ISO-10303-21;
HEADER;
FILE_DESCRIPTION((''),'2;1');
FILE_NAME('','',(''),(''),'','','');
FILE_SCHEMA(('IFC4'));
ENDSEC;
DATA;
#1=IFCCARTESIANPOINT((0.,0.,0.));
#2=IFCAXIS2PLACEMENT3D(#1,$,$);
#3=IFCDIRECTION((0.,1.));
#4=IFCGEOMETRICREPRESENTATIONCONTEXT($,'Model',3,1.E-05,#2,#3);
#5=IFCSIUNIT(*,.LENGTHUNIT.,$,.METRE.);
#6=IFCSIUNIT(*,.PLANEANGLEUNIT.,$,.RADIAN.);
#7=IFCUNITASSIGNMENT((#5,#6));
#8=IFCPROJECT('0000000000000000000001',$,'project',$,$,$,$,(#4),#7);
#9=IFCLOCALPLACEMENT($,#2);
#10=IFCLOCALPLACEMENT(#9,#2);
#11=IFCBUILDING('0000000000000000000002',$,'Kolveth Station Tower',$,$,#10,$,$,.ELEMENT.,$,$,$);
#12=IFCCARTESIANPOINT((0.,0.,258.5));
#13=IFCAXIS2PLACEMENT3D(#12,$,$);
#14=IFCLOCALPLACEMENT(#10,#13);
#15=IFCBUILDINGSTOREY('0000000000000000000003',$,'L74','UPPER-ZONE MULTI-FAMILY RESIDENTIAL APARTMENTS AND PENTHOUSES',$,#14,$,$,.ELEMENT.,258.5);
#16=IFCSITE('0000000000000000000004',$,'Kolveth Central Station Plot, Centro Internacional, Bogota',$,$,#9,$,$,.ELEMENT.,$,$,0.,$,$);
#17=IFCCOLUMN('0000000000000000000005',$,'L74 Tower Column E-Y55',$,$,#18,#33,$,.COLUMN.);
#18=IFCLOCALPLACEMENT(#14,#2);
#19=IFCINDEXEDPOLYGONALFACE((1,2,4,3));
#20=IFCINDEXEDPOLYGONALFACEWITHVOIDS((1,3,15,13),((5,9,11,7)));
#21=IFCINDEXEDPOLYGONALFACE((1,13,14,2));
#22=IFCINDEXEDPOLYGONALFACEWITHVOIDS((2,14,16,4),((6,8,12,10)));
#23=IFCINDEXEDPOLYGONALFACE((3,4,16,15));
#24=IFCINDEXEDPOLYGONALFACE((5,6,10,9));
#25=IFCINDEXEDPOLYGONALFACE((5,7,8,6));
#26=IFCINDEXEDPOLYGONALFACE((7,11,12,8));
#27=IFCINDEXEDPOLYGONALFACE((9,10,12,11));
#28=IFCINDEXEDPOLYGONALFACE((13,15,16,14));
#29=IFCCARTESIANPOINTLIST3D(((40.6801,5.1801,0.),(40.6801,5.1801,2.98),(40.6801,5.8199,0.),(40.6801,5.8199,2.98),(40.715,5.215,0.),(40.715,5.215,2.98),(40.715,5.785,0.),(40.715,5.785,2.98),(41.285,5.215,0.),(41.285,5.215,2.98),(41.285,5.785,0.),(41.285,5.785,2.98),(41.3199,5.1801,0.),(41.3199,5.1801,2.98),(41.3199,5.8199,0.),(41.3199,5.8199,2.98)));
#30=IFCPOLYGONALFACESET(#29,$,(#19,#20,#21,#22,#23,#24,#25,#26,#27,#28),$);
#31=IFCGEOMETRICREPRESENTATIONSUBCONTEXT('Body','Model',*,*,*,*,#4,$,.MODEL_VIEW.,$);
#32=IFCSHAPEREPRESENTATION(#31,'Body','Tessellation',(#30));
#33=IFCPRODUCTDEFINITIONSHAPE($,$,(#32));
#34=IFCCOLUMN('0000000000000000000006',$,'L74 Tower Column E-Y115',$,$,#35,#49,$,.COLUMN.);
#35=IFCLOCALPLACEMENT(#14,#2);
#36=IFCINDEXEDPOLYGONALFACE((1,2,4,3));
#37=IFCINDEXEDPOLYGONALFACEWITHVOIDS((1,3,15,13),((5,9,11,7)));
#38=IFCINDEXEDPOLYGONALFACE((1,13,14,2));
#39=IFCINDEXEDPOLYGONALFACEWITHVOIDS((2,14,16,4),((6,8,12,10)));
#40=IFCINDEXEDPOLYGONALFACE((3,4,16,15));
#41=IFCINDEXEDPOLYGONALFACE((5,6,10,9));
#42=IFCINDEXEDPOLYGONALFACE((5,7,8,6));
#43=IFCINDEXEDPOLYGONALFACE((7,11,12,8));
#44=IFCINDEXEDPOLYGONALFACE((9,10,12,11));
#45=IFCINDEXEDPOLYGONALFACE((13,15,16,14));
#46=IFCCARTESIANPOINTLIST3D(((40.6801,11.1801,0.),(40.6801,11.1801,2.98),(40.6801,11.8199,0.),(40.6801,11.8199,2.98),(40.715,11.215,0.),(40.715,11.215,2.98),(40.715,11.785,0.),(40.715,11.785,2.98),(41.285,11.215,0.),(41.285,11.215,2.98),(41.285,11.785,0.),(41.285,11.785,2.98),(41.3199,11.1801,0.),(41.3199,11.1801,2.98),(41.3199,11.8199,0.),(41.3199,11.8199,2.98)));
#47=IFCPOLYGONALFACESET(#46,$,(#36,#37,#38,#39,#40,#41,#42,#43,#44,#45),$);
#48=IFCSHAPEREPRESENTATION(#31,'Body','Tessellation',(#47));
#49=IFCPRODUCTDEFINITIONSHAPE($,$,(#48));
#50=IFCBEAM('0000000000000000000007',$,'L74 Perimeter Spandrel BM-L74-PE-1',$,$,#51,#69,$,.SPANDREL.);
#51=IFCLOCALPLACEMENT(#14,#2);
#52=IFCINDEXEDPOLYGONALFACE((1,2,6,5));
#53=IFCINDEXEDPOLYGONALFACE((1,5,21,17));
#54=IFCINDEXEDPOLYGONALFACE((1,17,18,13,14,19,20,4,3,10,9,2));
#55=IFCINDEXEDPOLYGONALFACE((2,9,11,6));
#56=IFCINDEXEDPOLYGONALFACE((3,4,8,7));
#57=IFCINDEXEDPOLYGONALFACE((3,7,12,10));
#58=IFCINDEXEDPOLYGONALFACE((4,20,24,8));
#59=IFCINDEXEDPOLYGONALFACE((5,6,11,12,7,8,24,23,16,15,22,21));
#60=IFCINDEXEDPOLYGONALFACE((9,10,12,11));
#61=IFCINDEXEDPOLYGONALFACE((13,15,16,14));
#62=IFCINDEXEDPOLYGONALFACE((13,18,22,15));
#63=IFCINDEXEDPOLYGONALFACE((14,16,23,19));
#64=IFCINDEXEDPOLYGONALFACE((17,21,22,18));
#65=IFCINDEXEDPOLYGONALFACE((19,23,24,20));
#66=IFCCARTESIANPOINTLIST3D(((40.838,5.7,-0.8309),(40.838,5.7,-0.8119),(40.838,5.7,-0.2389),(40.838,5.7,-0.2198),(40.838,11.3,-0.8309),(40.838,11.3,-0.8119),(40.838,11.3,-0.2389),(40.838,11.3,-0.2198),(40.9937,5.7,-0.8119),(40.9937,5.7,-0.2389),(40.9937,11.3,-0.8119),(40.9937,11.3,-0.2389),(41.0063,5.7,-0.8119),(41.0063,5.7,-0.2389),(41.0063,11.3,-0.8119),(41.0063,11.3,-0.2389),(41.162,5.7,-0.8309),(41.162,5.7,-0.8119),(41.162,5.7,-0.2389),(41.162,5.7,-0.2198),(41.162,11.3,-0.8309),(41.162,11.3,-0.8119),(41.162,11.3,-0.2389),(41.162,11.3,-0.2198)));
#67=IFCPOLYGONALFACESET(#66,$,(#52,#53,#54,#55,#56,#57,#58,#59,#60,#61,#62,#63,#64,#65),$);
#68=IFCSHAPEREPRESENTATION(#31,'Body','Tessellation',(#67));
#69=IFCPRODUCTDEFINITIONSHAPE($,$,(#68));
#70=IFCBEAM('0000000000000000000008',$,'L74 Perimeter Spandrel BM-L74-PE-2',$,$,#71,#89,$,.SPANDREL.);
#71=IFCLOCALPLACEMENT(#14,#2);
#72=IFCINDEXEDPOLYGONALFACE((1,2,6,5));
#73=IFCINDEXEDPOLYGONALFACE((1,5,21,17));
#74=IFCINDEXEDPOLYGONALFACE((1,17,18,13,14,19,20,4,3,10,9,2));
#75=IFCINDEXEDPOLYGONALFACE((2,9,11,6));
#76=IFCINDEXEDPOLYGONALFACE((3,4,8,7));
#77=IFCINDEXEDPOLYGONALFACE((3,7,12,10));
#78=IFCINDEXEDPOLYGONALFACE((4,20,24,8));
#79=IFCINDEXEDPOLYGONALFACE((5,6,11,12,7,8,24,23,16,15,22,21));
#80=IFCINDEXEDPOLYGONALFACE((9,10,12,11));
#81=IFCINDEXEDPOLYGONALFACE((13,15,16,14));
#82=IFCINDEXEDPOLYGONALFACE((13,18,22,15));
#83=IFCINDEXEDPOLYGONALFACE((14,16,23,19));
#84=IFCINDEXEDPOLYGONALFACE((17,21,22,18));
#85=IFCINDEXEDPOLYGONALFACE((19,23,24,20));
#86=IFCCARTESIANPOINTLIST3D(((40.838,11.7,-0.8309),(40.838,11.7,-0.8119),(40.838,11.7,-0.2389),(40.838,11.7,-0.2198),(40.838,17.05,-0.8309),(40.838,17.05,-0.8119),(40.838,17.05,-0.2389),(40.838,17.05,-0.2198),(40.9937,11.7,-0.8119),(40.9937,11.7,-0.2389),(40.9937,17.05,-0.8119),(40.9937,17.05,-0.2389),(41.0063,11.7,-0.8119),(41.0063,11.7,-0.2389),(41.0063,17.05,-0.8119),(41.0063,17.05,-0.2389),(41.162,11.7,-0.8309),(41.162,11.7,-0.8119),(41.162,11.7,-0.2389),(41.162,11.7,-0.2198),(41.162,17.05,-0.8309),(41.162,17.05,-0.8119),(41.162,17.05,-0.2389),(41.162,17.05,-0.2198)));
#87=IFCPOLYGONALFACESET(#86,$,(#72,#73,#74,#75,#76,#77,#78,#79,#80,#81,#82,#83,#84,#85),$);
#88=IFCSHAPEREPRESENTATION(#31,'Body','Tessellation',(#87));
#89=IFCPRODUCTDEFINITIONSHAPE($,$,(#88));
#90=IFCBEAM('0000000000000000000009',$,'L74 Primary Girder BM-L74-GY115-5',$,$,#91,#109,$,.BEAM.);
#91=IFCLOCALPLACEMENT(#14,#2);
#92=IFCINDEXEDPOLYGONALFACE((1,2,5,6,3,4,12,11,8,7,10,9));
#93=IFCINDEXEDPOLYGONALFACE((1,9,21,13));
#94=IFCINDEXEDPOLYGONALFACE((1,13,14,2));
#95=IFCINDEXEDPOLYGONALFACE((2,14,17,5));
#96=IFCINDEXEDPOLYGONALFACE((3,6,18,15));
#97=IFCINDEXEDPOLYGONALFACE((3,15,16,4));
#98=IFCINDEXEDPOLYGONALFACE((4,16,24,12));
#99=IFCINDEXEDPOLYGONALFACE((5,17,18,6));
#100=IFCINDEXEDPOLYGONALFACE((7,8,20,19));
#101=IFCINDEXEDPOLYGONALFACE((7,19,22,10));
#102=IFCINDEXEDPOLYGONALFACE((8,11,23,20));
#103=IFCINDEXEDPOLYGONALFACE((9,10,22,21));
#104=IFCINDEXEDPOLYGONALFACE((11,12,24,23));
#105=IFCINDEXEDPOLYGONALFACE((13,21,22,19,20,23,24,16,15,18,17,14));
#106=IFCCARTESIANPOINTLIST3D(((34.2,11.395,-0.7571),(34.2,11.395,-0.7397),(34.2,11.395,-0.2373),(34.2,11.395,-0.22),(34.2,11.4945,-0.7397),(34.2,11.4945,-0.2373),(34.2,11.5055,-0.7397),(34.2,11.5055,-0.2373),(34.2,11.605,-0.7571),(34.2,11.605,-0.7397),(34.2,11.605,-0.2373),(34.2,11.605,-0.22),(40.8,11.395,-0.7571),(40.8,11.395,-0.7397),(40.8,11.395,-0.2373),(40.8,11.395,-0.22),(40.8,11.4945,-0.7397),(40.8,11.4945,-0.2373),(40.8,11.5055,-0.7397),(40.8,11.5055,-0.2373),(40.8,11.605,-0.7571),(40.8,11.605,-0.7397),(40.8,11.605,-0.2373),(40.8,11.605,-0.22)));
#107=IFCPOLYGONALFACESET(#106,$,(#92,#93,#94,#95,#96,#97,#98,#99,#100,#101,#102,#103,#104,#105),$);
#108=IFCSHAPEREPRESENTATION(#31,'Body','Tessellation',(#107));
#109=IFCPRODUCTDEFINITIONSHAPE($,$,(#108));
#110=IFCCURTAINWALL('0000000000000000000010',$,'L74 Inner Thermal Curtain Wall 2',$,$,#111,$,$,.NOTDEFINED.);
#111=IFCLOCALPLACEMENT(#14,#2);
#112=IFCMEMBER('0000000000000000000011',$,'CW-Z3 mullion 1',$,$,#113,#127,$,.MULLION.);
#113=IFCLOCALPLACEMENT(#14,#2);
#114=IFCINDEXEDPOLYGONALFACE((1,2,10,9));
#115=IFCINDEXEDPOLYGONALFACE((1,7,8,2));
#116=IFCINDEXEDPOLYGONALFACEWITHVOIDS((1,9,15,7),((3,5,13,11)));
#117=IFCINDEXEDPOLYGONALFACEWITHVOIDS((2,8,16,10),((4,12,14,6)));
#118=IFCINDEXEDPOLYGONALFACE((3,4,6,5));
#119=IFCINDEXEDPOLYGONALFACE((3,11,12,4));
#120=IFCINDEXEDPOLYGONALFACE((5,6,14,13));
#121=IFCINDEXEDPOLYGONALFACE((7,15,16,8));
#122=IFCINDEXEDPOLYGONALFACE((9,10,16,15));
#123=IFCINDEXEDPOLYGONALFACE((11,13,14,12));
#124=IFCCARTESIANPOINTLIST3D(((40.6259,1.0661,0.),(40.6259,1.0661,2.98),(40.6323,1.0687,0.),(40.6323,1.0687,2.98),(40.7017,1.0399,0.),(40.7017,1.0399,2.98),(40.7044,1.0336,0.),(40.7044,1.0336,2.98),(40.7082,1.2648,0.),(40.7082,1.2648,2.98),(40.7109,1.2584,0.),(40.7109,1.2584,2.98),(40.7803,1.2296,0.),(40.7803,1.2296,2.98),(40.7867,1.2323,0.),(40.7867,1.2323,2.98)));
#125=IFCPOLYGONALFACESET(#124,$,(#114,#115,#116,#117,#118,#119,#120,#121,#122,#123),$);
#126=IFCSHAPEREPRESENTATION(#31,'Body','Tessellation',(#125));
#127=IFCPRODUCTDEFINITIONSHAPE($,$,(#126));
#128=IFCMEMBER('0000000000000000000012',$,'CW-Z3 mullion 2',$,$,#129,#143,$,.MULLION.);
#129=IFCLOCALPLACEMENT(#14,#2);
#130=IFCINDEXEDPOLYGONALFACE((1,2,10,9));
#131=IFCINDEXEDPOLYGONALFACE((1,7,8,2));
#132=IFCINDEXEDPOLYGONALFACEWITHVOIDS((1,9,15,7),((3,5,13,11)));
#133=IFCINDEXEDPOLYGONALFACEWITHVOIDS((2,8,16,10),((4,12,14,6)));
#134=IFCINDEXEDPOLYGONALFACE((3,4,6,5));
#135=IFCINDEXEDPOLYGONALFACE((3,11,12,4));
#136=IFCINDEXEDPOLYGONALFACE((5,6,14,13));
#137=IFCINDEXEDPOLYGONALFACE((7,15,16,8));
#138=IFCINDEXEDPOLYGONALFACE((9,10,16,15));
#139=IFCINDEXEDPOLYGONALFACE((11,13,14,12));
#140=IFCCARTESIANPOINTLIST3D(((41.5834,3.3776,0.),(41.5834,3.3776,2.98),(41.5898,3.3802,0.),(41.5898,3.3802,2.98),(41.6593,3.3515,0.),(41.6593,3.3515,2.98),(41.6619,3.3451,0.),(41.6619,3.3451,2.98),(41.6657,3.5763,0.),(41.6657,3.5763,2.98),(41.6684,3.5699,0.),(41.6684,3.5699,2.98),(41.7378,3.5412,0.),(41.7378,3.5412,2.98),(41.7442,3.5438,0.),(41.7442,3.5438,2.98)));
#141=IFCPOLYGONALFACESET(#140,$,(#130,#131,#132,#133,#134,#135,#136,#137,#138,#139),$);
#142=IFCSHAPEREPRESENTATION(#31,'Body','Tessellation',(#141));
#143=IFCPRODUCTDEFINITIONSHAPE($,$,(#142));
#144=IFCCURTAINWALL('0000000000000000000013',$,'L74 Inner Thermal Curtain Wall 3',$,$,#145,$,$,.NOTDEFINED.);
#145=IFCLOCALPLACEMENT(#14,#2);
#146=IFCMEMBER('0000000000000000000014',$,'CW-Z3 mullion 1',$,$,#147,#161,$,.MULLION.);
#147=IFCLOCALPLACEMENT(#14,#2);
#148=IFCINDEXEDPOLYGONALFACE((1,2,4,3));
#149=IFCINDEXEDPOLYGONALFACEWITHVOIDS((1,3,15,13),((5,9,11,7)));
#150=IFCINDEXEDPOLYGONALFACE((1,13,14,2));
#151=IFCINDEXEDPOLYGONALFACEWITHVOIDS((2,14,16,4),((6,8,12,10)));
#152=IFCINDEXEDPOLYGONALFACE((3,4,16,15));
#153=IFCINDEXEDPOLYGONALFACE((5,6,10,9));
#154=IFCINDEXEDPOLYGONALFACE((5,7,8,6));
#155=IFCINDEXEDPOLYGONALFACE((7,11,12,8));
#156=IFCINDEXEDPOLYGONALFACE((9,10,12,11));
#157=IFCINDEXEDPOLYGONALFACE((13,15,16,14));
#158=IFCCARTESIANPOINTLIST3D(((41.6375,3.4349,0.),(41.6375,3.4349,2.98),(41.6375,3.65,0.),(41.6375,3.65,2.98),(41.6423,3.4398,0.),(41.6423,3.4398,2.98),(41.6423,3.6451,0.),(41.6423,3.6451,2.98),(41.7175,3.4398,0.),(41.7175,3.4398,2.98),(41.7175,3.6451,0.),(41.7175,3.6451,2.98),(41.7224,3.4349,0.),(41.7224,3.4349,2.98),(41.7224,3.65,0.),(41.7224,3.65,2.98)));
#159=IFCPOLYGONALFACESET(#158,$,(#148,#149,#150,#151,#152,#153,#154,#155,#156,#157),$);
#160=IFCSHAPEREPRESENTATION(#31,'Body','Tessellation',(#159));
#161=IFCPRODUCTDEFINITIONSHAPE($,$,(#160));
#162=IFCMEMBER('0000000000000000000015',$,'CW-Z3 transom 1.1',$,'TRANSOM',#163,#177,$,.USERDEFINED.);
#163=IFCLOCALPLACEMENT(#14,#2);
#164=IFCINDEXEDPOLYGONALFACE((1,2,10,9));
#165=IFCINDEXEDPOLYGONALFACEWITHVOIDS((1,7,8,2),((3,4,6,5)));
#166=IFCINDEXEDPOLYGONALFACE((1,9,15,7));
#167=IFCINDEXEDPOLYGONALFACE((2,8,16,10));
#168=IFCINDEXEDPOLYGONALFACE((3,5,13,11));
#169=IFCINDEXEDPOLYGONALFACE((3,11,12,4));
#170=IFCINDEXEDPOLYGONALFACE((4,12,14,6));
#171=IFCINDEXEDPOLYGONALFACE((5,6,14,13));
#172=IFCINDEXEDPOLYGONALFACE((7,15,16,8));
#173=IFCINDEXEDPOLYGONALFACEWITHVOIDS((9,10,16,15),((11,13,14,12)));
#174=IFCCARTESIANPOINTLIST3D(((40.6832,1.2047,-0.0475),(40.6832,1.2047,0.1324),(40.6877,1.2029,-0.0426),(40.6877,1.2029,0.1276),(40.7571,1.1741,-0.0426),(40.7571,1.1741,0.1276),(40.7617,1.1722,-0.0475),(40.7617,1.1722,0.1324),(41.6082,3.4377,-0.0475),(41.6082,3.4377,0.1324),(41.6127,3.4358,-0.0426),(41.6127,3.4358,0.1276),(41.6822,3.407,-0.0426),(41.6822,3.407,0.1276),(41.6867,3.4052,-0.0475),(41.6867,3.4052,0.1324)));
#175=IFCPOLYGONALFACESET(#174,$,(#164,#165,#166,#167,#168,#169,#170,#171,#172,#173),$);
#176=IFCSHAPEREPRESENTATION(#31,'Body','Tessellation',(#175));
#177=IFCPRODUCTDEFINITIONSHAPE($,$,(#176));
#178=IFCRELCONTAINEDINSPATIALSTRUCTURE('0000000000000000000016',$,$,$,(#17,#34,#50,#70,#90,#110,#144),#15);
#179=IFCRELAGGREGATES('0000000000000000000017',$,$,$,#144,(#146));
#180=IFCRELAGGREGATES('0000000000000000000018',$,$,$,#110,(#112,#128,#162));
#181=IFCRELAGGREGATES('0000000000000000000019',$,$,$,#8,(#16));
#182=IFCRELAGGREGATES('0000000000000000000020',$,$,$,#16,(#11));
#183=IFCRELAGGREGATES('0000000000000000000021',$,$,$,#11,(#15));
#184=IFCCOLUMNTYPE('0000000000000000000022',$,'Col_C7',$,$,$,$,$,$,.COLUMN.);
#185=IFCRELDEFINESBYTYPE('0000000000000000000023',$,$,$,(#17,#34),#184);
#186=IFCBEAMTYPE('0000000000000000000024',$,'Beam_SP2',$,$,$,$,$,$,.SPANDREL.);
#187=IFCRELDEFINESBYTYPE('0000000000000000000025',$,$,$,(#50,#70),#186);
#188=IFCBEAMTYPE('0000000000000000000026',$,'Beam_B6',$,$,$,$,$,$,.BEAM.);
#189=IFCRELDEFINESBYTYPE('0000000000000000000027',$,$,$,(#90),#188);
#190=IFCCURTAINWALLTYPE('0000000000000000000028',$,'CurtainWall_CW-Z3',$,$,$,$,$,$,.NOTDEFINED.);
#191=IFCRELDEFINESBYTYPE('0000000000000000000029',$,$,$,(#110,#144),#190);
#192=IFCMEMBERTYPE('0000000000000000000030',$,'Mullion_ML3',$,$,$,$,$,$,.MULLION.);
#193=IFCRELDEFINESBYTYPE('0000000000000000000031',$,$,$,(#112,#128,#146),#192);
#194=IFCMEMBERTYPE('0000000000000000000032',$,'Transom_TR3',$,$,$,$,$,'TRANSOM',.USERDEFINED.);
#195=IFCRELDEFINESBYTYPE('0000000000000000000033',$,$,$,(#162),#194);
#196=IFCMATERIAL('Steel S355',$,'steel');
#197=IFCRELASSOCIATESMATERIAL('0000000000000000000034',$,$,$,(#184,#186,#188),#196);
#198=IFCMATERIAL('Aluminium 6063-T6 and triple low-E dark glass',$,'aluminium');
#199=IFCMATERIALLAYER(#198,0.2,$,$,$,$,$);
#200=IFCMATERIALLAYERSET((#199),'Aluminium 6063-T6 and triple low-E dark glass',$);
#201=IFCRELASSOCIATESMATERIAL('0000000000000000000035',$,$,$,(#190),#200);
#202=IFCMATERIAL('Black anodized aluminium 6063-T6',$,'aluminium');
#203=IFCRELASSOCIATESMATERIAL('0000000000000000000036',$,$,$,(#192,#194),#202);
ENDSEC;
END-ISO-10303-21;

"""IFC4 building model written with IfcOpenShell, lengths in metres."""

from ifc_helpers import new_model, si_unit, direction, frame, origin, origin_2d, place, context, subcontext, project, spatial, hollow_rectangle, i_section, extrude, source, transform, mapped, material, layer, layer_set, material_profile, profile_set, type_object, element, aggregate, save


model = new_model("IFC4")

# Units and contexts
model_context = context("Model", 3, precision=1e-05, world=origin(), true_north=direction((0.0, 1.0)))
body_context = subcontext(model_context, "Body", "Model", "MODEL_VIEW")
ifc_project = project(units=[si_unit("LENGTHUNIT", "METRE"), si_unit("PLANEANGLEUNIT", "RADIAN")], contexts=[model_context])

# Site, building, storey
site_placement = place(None, origin())
site = spatial("IfcSite", under=ifc_project, at=site_placement, Name="Kolveth Central Station Plot, Centro Internacional, Bogota", CompositionType="ELEMENT", RefElevation=0.0)
building_placement = place(site_placement, origin())
building = spatial("IfcBuilding", under=site, at=building_placement, Name="Kolveth Station Tower", CompositionType="ELEMENT")
storey_placement = place(building_placement, frame((0.0, 0.0, 258.5)))
storey = spatial("IfcBuildingStorey", under=building, at=storey_placement, Name="L74", Description="UPPER-ZONE MULTI-FAMILY RESIDENTIAL APARTMENTS AND PENTHOUSES", CompositionType="ELEMENT", Elevation=258.5)

# Columns
ifc_material_1 = material(Name="Steel S355", Category="steel")
ifc_material_profile_1 = material_profile(ifc_material_1, hollow_rectangle(XDim=0.6399, YDim=0.6399, WallThickness=0.0349, at=origin_2d()), Name="BOX640x640x35")
ifc_profile_set_1 = profile_set([ifc_material_profile_1], Name="Steel S355")
column_type = type_object("IfcColumnType", Name="Col_C7", PredefinedType="COLUMN", material=ifc_profile_set_1)
shared_shape_1 = source(origin(), body_context, "Body", "SweptSolid", [
    extrude(hollow_rectangle(XDim=0.6399, YDim=0.6399, WallThickness=0.0349, at=origin_2d()), origin(), (0.0, 0.0, 1.0), 2.98),
])
for number, where, z_axis, x_axis, name in (
    (1, (41.0, 5.5, 0.0), (0.0, 0.0, 1.0), (1.0, 0.0, 0.0), "L74 Tower Column E-Y55"),
    (2, (41.0, 11.5, 0.0), (0.0, 0.0, 1.0), (1.0, 0.0, 0.0), "L74 Tower Column E-Y115"),
):
    element("IfcColumn", number, at=place(storey_placement, frame(where, z_axis=z_axis, x_axis=x_axis)), inside=storey, type_object=column_type, Name=name, PredefinedType="COLUMN", context=body_context, shape_type="MappedRepresentation", body=[
        mapped(shared_shape_1, transform((0.0, 0.0, 0.0), x_axis=(1.0, 0.0, 0.0), y_axis=(0.0, 1.0, 0.0), z_axis=(0.0, 0.0, 1.0), scale=1.0)),
    ])

# Beams
ifc_material_profile_2 = material_profile(ifc_material_1, i_section(OverallWidth=0.324, OverallDepth=0.6111, WebThickness=0.0127, FlangeThickness=0.019, at=origin_2d()), Name="W610x155")
ifc_profile_set_2 = profile_set([ifc_material_profile_2], Name="Steel S355")
beam_type_1 = type_object("IfcBeamType", Name="Beam_SP2", PredefinedType="SPANDREL", material=ifc_profile_set_2)
shared_shape_2 = source(origin(), body_context, "Body", "SweptSolid", [
    extrude(i_section(OverallWidth=0.324, OverallDepth=0.6111, WebThickness=0.0127, FlangeThickness=0.019, at=origin_2d()), origin(), (0.0, 0.0, 1.0), 5.6001),
])
beam_1_placement = place(storey_placement, frame((41.0, 5.7, -0.5254), z_axis=(0.0, 1.0, 0.0), x_axis=(-1.0, 0.0, 0.0)))
element("IfcBeam", 3, at=beam_1_placement, inside=storey, type_object=beam_type_1, Name="L74 Perimeter Spandrel BM-L74-PE-1", PredefinedType="SPANDREL", context=body_context, shape_type="MappedRepresentation", body=[
    mapped(shared_shape_2, transform((0.0, 0.0, 0.0), x_axis=(1.0, 0.0, 0.0), y_axis=(0.0, 1.0, 0.0), z_axis=(0.0, 0.0, 1.0), scale=1.0)),
])
shared_shape_3 = source(origin(), body_context, "Body", "SweptSolid", [
    extrude(i_section(OverallWidth=0.324, OverallDepth=0.6111, WebThickness=0.0127, FlangeThickness=0.019, at=origin_2d()), origin(), (0.0, 0.0, 1.0), 5.3501),
])
beam_2_placement = place(storey_placement, frame((41.0, 11.7, -0.5254), z_axis=(0.0, 1.0, 0.0), x_axis=(-1.0, 0.0, 0.0)))
element("IfcBeam", 4, at=beam_2_placement, inside=storey, type_object=beam_type_1, Name="L74 Perimeter Spandrel BM-L74-PE-2", PredefinedType="SPANDREL", context=body_context, shape_type="MappedRepresentation", body=[
    mapped(shared_shape_3, transform((0.0, 0.0, 0.0), x_axis=(1.0, 0.0, 0.0), y_axis=(0.0, 1.0, 0.0), z_axis=(0.0, 0.0, 1.0), scale=1.0)),
])
ifc_material_profile_3 = material_profile(ifc_material_1, i_section(OverallWidth=0.21, OverallDepth=0.5371, WebThickness=0.011, FlangeThickness=0.0173, at=origin_2d()), Name="W530x101")
ifc_profile_set_3 = profile_set([ifc_material_profile_3], Name="Steel S355")
beam_type_2 = type_object("IfcBeamType", Name="Beam_B6", PredefinedType="BEAM", material=ifc_profile_set_3)
shared_shape_4 = source(origin(), body_context, "Body", "SweptSolid", [
    extrude(i_section(OverallWidth=0.21, OverallDepth=0.5371, WebThickness=0.011, FlangeThickness=0.0173, at=origin_2d()), origin(), (0.0, 0.0, 1.0), 6.6001),
])
beam_3_placement = place(storey_placement, frame((34.2, 11.5, -0.4885), z_axis=(1.0, 0.0, 0.0), x_axis=(0.0, 1.0, 0.0)))
element("IfcBeam", 5, at=beam_3_placement, inside=storey, type_object=beam_type_2, Name="L74 Primary Girder BM-L74-GY115-5", PredefinedType="BEAM", context=body_context, shape_type="MappedRepresentation", body=[
    mapped(shared_shape_4, transform((0.0, 0.0, 0.0), x_axis=(1.0, 0.0, 0.0), y_axis=(0.0, 1.0, 0.0), z_axis=(0.0, 0.0, 1.0), scale=1.0)),
])

# Curtain wall, members
ifc_material_2 = material(Name="Aluminium 6063-T6 and triple low-E dark glass", Category="aluminium")
ifc_layer_1 = layer(ifc_material_2, 0.2)
ifc_layer_set_1 = layer_set([ifc_layer_1], Name="Aluminium 6063-T6 and triple low-E dark glass")
curtain_wall_type_1 = type_object("IfcCurtainWallType", Name="CurtainWall_CW-Z3", PredefinedType="NOTDEFINED", material=ifc_layer_set_1)
curtain_wall_1_placement = place(storey_placement, origin())
curtain_wall_1 = element("IfcCurtainWall", 6, at=curtain_wall_1_placement, inside=storey, type_object=curtain_wall_type_1, Name="L74 Inner Thermal Curtain Wall 2", PredefinedType="NOTDEFINED")
ifc_material_3 = material(Name="Black anodized aluminium 6063-T6", Category="aluminium")
ifc_material_profile_4 = material_profile(ifc_material_3, hollow_rectangle(XDim=0.085, YDim=0.2151, WallThickness=0.0049, at=origin_2d()), Name="ALU-85x215x5")
ifc_profile_set_4 = profile_set([ifc_material_profile_4], Name="Black anodized aluminium 6063-T6")
member_type_1 = type_object("IfcMemberType", Name="Mullion_ML3", PredefinedType="MULLION", material=ifc_profile_set_4)
shared_shape_5 = source(origin(), body_context, "Body", "SweptSolid", [
    extrude(hollow_rectangle(XDim=0.085, YDim=0.2151, WallThickness=0.0049, at=origin_2d()), origin(), (0.0, 0.0, 1.0), 2.98),
])
member_1_placement = place(storey_placement, frame((40.7063, 1.1492, 0.0), z_axis=(0.0, 0.0, 1.0), x_axis=(-0.923875, 0.382693, 0.0)))
member_1 = element("IfcMember", 7, at=member_1_placement, type_object=member_type_1, Name="CW-Z3 mullion 1", PredefinedType="MULLION", context=body_context, shape_type="MappedRepresentation", body=[
    mapped(shared_shape_5, transform((0.0, 0.0, 0.0), x_axis=(1.0, 0.0, 0.0), y_axis=(0.0, 1.0, 0.0), z_axis=(0.0, 0.0, 1.0), scale=1.0)),
])
member_2_placement = place(storey_placement, frame((41.6638, 3.4607, 0.0), z_axis=(0.0, 0.0, 1.0), x_axis=(-0.923875, 0.382693, 0.0)))
member_2 = element("IfcMember", 8, at=member_2_placement, type_object=member_type_1, Name="CW-Z3 mullion 2", PredefinedType="MULLION", context=body_context, shape_type="MappedRepresentation", body=[
    mapped(shared_shape_5, transform((0.0, 0.0, 0.0), x_axis=(1.0, 0.0, 0.0), y_axis=(0.0, 1.0, 0.0), z_axis=(0.0, 0.0, 1.0), scale=1.0)),
])

# Curtain wall, member
curtain_wall_2_placement = place(storey_placement, origin())
curtain_wall_2 = element("IfcCurtainWall", 9, at=curtain_wall_2_placement, inside=storey, type_object=curtain_wall_type_1, Name="L74 Inner Thermal Curtain Wall 3", PredefinedType="NOTDEFINED")
member_3_placement = place(storey_placement, frame((41.6799, 3.5425, 0.0), z_axis=(0.0, 0.0, 1.0), x_axis=(-1.0, 0.0, 0.0)))
member_3 = element("IfcMember", 10, at=member_3_placement, type_object=member_type_1, Name="CW-Z3 mullion 1", PredefinedType="MULLION", context=body_context, shape_type="MappedRepresentation", body=[
    mapped(shared_shape_5, transform((0.0, 0.0, 0.0), x_axis=(1.0, 0.0, 0.0), y_axis=(0.0, 1.0, 0.0), z_axis=(0.0, 0.0, 1.0), scale=1.0)),
])

# Member
ifc_material_profile_5 = material_profile(ifc_material_3, hollow_rectangle(XDim=0.085, YDim=0.1799, WallThickness=0.0049, at=origin_2d()), Name="ALU-85x180x5")
ifc_profile_set_5 = profile_set([ifc_material_profile_5], Name="Black anodized aluminium 6063-T6")
member_type_2 = type_object("IfcMemberType", Name="Transom_TR3", ElementType="TRANSOM", PredefinedType="USERDEFINED", material=ifc_profile_set_5)
shared_shape_6 = source(origin(), body_context, "Body", "SweptSolid", [
    extrude(hollow_rectangle(XDim=0.085, YDim=0.1799, WallThickness=0.0049, at=origin_2d()), origin(), (0.0, 0.0, 1.0), 2.417),
])
member_4_placement = place(storey_placement, frame((40.7224, 1.1885, 0.0425), z_axis=(0.382735, 0.923858, 0.0), x_axis=(-0.923858, 0.382735, 0.0)))
member_4 = element("IfcMember", 11, at=member_4_placement, type_object=member_type_2, Name="CW-Z3 transom 1.1", ObjectType="TRANSOM", PredefinedType="USERDEFINED", context=body_context, shape_type="MappedRepresentation", body=[
    mapped(shared_shape_6, transform((0.0, 0.0, 0.0), x_axis=(1.0, 0.0, 0.0), y_axis=(0.0, 1.0, 0.0), z_axis=(0.0, 0.0, 1.0), scale=1.0)),
])
aggregate(curtain_wall_2, [member_3])

aggregate(curtain_wall_1, [member_1, member_2, member_4])

save(model, "model.ifc")
